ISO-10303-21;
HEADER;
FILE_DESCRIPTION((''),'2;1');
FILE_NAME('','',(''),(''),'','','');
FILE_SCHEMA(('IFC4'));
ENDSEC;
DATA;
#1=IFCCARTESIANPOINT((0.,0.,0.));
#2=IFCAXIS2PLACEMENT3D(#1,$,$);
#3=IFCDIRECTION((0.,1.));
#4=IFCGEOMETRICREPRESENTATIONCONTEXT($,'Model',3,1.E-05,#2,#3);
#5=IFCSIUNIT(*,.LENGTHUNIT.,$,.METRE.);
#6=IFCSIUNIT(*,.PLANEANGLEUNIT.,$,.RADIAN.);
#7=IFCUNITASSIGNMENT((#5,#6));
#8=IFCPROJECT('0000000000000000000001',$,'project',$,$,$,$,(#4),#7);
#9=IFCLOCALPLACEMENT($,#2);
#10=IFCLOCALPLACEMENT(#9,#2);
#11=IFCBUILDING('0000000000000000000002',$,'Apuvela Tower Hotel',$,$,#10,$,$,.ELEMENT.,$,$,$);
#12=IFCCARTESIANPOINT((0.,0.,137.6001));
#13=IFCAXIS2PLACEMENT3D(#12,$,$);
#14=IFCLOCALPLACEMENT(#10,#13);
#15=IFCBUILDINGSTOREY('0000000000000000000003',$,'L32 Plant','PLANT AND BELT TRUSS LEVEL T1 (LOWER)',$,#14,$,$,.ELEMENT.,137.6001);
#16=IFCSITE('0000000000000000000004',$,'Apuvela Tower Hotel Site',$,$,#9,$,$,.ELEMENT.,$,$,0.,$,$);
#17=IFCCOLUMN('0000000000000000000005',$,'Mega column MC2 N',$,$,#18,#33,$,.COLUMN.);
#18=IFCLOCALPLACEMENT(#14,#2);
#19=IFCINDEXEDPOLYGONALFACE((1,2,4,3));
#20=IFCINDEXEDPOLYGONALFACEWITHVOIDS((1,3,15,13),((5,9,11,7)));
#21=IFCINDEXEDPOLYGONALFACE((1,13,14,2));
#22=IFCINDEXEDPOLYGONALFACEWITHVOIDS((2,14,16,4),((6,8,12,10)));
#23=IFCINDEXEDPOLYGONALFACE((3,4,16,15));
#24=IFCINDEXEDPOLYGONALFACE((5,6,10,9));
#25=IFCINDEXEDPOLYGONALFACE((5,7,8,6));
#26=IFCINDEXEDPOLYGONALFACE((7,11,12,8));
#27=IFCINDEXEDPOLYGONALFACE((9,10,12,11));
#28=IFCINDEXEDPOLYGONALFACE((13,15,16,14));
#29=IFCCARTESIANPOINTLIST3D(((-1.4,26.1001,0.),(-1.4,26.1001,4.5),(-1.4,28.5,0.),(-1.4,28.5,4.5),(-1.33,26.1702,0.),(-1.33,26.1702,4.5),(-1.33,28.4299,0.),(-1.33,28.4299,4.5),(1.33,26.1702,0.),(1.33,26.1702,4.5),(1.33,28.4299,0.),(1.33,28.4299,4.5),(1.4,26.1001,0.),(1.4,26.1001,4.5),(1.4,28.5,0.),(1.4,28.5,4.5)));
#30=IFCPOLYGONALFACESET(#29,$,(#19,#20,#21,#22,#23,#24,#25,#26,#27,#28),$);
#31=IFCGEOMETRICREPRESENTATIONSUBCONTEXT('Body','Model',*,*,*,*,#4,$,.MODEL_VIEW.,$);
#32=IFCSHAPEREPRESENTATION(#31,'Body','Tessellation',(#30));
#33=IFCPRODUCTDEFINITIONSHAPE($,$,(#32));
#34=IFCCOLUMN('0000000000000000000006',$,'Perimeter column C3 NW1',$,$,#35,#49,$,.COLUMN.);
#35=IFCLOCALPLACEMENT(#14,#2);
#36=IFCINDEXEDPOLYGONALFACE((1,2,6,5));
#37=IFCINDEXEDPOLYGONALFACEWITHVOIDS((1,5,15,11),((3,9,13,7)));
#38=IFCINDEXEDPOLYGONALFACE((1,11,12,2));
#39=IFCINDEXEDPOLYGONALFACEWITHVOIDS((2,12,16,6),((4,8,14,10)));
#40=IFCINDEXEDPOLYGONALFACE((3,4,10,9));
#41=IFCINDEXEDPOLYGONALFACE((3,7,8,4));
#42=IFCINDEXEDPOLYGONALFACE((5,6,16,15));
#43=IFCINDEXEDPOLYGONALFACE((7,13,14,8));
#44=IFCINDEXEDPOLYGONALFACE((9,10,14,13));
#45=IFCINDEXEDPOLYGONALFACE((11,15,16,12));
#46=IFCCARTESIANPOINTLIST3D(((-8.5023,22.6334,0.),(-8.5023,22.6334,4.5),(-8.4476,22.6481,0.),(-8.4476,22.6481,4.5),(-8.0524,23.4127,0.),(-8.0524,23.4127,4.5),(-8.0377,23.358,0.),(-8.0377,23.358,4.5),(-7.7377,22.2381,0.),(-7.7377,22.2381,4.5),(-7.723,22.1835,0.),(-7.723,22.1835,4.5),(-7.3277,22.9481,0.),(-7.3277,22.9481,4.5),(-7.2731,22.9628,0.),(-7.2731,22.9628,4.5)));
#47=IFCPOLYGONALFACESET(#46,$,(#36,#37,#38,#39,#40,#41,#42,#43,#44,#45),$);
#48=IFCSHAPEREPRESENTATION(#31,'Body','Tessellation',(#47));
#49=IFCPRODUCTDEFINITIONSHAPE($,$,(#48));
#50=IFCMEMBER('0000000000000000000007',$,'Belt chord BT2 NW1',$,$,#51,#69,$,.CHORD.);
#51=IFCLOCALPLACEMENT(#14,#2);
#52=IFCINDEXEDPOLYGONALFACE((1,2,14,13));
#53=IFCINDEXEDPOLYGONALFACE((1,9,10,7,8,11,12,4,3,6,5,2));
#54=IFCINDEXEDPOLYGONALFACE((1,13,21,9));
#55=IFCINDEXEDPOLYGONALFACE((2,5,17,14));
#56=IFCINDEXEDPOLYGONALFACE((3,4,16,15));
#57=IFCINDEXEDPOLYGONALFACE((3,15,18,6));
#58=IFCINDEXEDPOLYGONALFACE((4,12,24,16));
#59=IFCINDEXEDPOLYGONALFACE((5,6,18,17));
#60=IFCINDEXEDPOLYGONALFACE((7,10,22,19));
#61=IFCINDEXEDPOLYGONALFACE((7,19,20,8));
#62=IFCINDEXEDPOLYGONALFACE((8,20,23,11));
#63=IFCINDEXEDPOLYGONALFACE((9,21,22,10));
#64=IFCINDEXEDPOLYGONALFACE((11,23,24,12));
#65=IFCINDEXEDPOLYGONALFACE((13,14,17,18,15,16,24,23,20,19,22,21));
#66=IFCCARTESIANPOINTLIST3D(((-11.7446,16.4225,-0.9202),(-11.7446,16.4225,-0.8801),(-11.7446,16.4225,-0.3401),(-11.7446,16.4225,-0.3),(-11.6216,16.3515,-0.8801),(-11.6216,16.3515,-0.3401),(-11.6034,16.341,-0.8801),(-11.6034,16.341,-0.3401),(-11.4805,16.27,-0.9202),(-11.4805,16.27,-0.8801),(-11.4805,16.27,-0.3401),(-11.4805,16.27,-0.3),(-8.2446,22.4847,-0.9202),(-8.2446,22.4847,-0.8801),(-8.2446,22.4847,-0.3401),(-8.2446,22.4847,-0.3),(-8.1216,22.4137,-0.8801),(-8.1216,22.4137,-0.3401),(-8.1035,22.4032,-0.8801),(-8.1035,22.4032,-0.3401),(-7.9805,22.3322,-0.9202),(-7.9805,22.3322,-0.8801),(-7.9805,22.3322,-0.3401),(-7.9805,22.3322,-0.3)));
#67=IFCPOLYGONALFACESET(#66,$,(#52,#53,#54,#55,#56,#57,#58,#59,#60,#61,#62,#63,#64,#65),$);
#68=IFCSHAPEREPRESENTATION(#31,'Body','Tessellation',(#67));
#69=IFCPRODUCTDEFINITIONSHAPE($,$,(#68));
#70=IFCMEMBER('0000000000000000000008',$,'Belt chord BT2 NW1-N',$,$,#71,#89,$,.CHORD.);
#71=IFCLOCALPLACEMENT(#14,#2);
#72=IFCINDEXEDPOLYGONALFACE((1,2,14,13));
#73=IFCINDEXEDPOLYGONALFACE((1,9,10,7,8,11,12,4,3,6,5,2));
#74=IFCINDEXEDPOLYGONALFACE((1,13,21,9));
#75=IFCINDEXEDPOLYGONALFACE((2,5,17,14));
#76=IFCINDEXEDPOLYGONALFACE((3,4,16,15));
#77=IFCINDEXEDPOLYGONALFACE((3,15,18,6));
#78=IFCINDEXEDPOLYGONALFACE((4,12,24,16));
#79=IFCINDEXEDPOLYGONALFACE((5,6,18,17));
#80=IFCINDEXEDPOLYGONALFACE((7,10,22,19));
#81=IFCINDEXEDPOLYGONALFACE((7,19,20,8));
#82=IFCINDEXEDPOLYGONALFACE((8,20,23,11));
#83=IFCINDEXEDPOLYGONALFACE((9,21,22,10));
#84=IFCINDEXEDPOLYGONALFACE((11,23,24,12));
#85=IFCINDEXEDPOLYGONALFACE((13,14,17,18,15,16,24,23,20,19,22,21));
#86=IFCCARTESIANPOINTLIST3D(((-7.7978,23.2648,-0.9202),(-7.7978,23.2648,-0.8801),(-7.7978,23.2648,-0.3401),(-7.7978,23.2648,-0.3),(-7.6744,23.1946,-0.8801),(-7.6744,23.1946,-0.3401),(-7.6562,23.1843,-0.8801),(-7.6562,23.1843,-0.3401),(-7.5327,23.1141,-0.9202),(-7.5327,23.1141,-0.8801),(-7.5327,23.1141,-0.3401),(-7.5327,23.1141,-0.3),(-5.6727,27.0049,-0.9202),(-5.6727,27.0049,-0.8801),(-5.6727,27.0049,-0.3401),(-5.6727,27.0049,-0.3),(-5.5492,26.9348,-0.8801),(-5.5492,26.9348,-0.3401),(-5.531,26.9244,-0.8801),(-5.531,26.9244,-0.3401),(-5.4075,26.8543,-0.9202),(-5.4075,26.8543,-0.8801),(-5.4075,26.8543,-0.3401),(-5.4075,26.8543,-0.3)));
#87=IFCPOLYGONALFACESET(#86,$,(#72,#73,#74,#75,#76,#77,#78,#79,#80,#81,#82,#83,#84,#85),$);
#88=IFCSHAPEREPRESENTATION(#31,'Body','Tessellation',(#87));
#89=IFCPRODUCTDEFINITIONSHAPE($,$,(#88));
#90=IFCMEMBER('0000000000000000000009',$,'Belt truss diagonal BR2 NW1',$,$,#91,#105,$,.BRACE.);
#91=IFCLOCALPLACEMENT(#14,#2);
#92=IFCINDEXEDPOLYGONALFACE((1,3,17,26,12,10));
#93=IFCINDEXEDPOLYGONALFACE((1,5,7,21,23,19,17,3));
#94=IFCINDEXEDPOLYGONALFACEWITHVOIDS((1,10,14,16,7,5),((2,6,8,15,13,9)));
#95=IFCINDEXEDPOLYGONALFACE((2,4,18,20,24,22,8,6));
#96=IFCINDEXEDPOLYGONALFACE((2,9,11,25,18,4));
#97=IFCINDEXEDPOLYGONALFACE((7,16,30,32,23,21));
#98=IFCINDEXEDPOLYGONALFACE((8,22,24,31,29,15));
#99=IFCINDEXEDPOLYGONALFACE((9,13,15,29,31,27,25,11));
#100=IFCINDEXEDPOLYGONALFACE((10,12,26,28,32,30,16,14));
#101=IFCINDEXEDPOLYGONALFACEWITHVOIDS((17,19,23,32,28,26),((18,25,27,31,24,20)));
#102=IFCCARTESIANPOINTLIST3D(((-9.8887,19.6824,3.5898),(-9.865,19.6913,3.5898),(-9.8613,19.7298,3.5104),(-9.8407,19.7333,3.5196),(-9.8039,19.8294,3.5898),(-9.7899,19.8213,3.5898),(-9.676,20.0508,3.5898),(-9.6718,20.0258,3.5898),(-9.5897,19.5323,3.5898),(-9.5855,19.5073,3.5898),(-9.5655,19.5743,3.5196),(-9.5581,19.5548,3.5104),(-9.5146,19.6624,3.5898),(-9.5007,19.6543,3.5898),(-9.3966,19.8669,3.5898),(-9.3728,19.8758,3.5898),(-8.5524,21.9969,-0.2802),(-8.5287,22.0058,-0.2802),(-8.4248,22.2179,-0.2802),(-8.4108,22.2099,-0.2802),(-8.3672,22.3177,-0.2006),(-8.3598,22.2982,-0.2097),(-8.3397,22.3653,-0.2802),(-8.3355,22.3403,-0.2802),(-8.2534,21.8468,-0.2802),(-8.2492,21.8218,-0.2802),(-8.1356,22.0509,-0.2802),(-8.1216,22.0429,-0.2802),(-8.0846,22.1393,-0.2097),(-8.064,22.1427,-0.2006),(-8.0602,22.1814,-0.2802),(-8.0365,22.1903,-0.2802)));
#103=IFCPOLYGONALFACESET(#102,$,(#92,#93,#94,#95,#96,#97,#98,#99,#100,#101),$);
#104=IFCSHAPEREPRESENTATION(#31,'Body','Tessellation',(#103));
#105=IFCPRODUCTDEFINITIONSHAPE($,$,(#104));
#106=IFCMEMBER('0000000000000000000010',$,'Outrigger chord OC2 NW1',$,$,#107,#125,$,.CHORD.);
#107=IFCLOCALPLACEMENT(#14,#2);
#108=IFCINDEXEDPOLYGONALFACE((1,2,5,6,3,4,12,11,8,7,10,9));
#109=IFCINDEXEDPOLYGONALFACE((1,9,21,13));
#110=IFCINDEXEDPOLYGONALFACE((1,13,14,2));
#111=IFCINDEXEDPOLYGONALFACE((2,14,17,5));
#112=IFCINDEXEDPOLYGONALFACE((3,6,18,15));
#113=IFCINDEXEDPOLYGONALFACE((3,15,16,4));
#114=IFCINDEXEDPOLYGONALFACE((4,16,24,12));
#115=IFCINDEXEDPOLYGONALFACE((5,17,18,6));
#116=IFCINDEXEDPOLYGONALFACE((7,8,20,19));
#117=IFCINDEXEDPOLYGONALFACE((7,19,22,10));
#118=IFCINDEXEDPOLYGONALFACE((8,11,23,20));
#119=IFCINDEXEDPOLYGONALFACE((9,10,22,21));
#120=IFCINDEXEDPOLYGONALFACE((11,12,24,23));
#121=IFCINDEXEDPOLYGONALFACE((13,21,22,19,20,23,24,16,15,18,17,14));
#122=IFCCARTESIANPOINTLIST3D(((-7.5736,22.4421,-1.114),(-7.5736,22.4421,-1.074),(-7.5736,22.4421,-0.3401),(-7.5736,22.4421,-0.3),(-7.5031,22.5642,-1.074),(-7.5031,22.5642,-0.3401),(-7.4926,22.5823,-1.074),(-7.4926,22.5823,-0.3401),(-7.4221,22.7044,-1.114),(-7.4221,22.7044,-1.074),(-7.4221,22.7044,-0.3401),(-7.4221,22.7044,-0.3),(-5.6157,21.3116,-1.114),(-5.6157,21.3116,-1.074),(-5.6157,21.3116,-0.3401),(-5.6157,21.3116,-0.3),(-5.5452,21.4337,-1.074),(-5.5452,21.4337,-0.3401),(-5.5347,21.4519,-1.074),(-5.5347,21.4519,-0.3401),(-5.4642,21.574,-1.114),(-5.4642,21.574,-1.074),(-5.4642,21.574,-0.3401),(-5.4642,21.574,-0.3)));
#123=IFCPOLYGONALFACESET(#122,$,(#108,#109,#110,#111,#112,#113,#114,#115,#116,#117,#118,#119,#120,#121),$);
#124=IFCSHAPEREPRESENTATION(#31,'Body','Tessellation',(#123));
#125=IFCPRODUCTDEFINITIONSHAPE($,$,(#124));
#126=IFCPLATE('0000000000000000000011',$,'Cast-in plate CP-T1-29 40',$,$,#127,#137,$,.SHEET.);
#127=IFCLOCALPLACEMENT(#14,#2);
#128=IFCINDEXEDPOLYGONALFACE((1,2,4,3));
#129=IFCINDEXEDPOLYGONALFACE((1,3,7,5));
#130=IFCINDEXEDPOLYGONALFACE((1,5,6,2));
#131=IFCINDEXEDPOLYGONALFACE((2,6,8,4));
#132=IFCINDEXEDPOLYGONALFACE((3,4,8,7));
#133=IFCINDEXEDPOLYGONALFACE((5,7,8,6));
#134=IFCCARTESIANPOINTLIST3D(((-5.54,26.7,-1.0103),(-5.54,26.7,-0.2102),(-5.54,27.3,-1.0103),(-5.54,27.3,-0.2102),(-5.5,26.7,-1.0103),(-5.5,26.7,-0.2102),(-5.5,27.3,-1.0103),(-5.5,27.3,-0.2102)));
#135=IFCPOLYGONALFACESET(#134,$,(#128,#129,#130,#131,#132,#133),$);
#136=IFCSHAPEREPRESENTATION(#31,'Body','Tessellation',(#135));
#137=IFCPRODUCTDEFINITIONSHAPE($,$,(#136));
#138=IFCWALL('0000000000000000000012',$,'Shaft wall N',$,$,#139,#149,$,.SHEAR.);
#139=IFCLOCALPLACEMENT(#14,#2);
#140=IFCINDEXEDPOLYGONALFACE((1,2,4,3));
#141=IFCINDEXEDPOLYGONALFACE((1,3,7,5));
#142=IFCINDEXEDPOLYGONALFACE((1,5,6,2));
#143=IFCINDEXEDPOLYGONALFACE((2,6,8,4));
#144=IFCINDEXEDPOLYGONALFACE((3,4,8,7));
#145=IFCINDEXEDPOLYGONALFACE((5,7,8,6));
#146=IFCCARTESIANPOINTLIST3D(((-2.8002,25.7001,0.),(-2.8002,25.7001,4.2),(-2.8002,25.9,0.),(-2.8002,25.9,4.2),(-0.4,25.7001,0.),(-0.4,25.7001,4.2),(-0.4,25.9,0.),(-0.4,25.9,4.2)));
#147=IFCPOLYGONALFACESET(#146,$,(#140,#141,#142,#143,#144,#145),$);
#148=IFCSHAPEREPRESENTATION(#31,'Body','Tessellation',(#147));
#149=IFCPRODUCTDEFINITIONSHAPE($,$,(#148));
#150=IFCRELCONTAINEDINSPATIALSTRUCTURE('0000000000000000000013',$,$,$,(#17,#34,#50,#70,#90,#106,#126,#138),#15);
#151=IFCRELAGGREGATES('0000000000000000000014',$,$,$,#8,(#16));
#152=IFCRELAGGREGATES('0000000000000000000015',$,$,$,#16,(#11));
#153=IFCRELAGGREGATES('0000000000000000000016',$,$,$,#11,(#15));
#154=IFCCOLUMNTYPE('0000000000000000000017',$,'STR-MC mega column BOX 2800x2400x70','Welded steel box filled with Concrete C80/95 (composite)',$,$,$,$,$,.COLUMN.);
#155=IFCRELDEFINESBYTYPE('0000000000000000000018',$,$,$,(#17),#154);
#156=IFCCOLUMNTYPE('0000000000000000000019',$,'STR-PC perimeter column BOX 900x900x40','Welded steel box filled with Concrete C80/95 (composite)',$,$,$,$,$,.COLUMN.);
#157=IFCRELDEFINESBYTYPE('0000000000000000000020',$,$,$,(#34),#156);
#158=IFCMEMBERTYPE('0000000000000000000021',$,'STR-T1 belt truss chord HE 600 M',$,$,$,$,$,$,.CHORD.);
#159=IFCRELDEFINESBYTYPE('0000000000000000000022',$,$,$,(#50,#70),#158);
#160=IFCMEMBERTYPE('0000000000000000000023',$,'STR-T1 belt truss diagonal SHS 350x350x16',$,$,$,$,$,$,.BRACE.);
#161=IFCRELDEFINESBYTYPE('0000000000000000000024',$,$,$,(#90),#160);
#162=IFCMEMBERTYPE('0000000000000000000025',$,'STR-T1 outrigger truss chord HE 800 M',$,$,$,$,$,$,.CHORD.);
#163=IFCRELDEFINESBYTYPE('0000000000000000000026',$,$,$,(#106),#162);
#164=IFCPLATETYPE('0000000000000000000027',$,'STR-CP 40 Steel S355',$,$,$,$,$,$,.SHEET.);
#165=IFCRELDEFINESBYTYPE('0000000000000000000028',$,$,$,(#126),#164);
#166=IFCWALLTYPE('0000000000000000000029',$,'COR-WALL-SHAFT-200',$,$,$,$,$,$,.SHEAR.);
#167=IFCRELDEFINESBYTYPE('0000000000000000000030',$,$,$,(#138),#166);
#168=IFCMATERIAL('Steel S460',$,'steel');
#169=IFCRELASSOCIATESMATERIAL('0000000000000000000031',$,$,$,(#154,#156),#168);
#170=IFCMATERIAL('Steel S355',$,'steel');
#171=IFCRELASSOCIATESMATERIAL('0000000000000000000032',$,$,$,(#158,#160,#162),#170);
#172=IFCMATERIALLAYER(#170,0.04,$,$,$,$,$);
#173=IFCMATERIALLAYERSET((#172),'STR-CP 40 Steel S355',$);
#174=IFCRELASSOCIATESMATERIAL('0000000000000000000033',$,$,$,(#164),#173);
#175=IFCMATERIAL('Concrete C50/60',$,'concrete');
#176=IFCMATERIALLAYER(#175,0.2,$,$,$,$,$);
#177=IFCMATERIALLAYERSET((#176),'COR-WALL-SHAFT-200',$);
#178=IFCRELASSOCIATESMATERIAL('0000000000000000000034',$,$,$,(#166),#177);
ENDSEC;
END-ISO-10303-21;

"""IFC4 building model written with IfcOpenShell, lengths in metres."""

from ifc_helpers import new_model, si_unit, direction, frame, frame_2d, origin, origin_2d, place, context, subcontext, project, spatial, rectangle, hollow_rectangle, i_section, extrude, boolean, halfspace, material, layer, layer_set, material_profile, profile_set, type_object, element, save


model = new_model("IFC4")

# Units and contexts
model_context = context("Model", 3, precision=1e-05, world=origin(), true_north=direction((0.0, 1.0)))
body_context = subcontext(model_context, "Body", "Model", "MODEL_VIEW")
ifc_project = project(units=[si_unit("LENGTHUNIT", "METRE"), si_unit("PLANEANGLEUNIT", "RADIAN")], contexts=[model_context])

# Site, building, storey
site_placement = place(None, origin())
site = spatial("IfcSite", under=ifc_project, at=site_placement, Name="Apuvela Tower Hotel Site", CompositionType="ELEMENT", RefElevation=0.0)
building_placement = place(site_placement, origin())
building = spatial("IfcBuilding", under=site, at=building_placement, Name="Apuvela Tower Hotel", CompositionType="ELEMENT")
storey_placement = place(building_placement, frame((0.0, 0.0, 137.6001)))
storey = spatial("IfcBuildingStorey", under=building, at=storey_placement, Name="L32 Plant", Description="PLANT AND BELT TRUSS LEVEL T1 (LOWER)", CompositionType="ELEMENT", Elevation=137.6001)

# Columns
ifc_material_1 = material(Name="Steel S460", Category="steel")
ifc_material_profile_1 = material_profile(ifc_material_1, hollow_rectangle(XDim=2.8, YDim=2.3999, WallThickness=0.0701, at=origin_2d()), Name="BOX 2800x2400x70")
ifc_material_2 = material(Name="Concrete C80/95", Category="concrete")
ifc_material_profile_2 = material_profile(ifc_material_2, rectangle(XDim=2.6599, YDim=2.26, at=origin_2d()), Name="Concrete C80/95 infill")
ifc_profile_set_1 = profile_set([ifc_material_profile_1, ifc_material_profile_2], Name="Steel S460")
column_type_1 = type_object("IfcColumnType", Name="STR-MC mega column BOX 2800x2400x70", Description="Welded steel box filled with Concrete C80/95 (composite)", PredefinedType="COLUMN", material=ifc_profile_set_1)
column_1_placement = place(storey_placement, frame((0.0, 27.3, 0.0), z_axis=(0.0, 0.0, 1.0), x_axis=(1.0, 0.0, 0.0)))
element("IfcColumn", 1, at=column_1_placement, inside=storey, type_object=column_type_1, Name="Mega column MC2 N", PredefinedType="COLUMN", context=body_context, shape_type="SweptSolid", body=[
    extrude(hollow_rectangle(XDim=2.8, YDim=2.3999, WallThickness=0.0701, at=origin_2d()), origin(), (0.0, 0.0, 1.0), 4.5),
])
ifc_material_profile_3 = material_profile(ifc_material_1, hollow_rectangle(XDim=0.8999, YDim=0.8999, WallThickness=0.04, at=origin_2d()), Name="BOX 900x900x40")
ifc_material_profile_4 = material_profile(ifc_material_2, rectangle(XDim=0.8201, YDim=0.8201, at=origin_2d()), Name="Concrete C80/95 infill")
ifc_profile_set_2 = profile_set([ifc_material_profile_3, ifc_material_profile_4], Name="Steel S460")
column_type_2 = type_object("IfcColumnType", Name="STR-PC perimeter column BOX 900x900x40", Description="Welded steel box filled with Concrete C80/95 (composite)", PredefinedType="COLUMN", material=ifc_profile_set_2)
column_2_placement = place(storey_placement, frame((-7.8877, 22.7981, 0.0), z_axis=(0.0, 0.0, 1.0), x_axis=(0.5, 0.866025, 0.0)))
element("IfcColumn", 2, at=column_2_placement, inside=storey, type_object=column_type_2, Name="Perimeter column C3 NW1", PredefinedType="COLUMN", context=body_context, shape_type="SweptSolid", body=[
    extrude(hollow_rectangle(XDim=0.8999, YDim=0.8999, WallThickness=0.04, at=origin_2d()), origin(), (0.0, 0.0, 1.0), 4.5),
])

# Members
ifc_material_3 = material(Name="Steel S355", Category="steel")
ifc_material_profile_5 = material_profile(ifc_material_3, i_section(OverallWidth=0.3049, OverallDepth=0.6201, WebThickness=0.021, FlangeThickness=0.04, at=origin_2d()), Name="HE 600 M")
ifc_profile_set_3 = profile_set([ifc_material_profile_5], Name="Steel S355")
member_type_1 = type_object("IfcMemberType", Name="STR-T1 belt truss chord HE 600 M", PredefinedType="CHORD", material=ifc_profile_set_3)
member_1_placement = place(storey_placement, frame((-8.1125, 22.4084, -0.6101), z_axis=(-0.499995, -0.866028, 0.0), x_axis=(0.866028, -0.499995, 0.0)))
element("IfcMember", 3, at=member_1_placement, inside=storey, type_object=member_type_1, Name="Belt chord BT2 NW1", PredefinedType="CHORD", context=body_context, shape_type="SweptSolid", body=[
    extrude(i_section(OverallWidth=0.3049, OverallDepth=0.6201, WebThickness=0.021, FlangeThickness=0.04, at=origin_2d()), origin(), (0.0, 0.0, 1.0), 7.0),
])
member_2_placement = place(storey_placement, frame((-7.6653, 23.1895, -0.6101), z_axis=(0.494029, 0.869445, 0.0), x_axis=(-0.869445, 0.494029, 0.0)))
element("IfcMember", 4, at=member_2_placement, inside=storey, type_object=member_type_1, Name="Belt chord BT2 NW1-N", PredefinedType="CHORD", context=body_context, shape_type="SweptSolid", body=[
    extrude(i_section(OverallWidth=0.3049, OverallDepth=0.6201, WebThickness=0.021, FlangeThickness=0.04, at=origin_2d()), origin(), (0.0, 0.0, 1.0), 4.3018),
])
ifc_material_profile_6 = material_profile(ifc_material_3, hollow_rectangle(XDim=0.3501, YDim=0.3501, WallThickness=0.0161, at=origin_2d()), Name="SHS 350x350x16")
ifc_profile_set_4 = profile_set([ifc_material_profile_6], Name="Steel S355")
member_type_2 = type_object("IfcMemberType", Name="STR-T1 belt truss diagonal SHS 350x350x16", PredefinedType="BRACE", material=ifc_profile_set_4)
member_3_placement = place(storey_placement, frame((-8.2876, 22.1055, -0.3), z_axis=(-0.284132, -0.492119, 0.822853), x_axis=(0.411434, 0.712607, 0.568254)))
solid_1 = boolean("DIFFERENCE", boolean("DIFFERENCE", extrude(hollow_rectangle(XDim=0.3501, YDim=0.3501, WallThickness=0.0161, at=origin_2d()), frame((0.0, 0.0, -0.2407)), (0.0, 0.0, 1.0), 5.2332), halfspace(frame((0.0, 0.0, 0.0242), z_axis=(0.568254, 0.0, 0.822853), x_axis=(0.822853, 0.0, -0.568254)), True)), halfspace(frame((0.0, 0.0, 4.7273), z_axis=(0.568254, 0.0, 0.822853), x_axis=(0.822853, 0.0, -0.568254)), False))
element("IfcMember", 5, at=member_3_placement, inside=storey, type_object=member_type_2, Name="Belt truss diagonal BR2 NW1", PredefinedType="BRACE", context=body_context, shape_type="SweptSolid", body=[
    boolean("UNION", boolean("DIFFERENCE", boolean("DIFFERENCE", extrude(hollow_rectangle(XDim=0.3501, YDim=0.3501, WallThickness=0.0161, at=origin_2d()), origin(), (0.0, 0.0, 1.0), 4.7517), halfspace(frame((0.0, 0.0, 0.0242), z_axis=(0.568254, 0.0, 0.822853), x_axis=(0.822853, 0.0, -0.568254)), True)), halfspace(frame((0.0, 0.0, 4.7273), z_axis=(0.568254, 0.0, 0.822853), x_axis=(0.822853, 0.0, -0.568254)), False)), solid_1),
])
ifc_material_profile_7 = material_profile(ifc_material_3, i_section(OverallWidth=0.303, OverallDepth=0.814, WebThickness=0.021, FlangeThickness=0.04, at=origin_2d()), Name="HE 800 M")
ifc_profile_set_5 = profile_set([ifc_material_profile_7], Name="Steel S355")
member_type_3 = type_object("IfcMemberType", Name="STR-T1 outrigger truss chord HE 800 M", PredefinedType="CHORD", material=ifc_profile_set_5)
member_4_placement = place(storey_placement, frame((-7.4978, 22.5732, -0.707), z_axis=(0.866015, -0.500018, 0.0), x_axis=(0.500018, 0.866015, 0.0)))
element("IfcMember", 6, at=member_4_placement, inside=storey, type_object=member_type_3, Name="Outrigger chord OC2 NW1", PredefinedType="CHORD", context=body_context, shape_type="SweptSolid", body=[
    extrude(i_section(OverallWidth=0.303, OverallDepth=0.814, WebThickness=0.021, FlangeThickness=0.04, at=origin_2d()), origin(), (0.0, 0.0, 1.0), 2.2607),
])

# Plate
ifc_layer_1 = layer(ifc_material_3, 0.04)
ifc_layer_set_1 = layer_set([ifc_layer_1], Name="STR-CP 40 Steel S355")
plate_type = type_object("IfcPlateType", Name="STR-CP 40 Steel S355", PredefinedType="SHEET", material=ifc_layer_set_1)
plate_placement = place(storey_placement, frame((-5.52, 27.0, -1.0103), z_axis=(0.0, 0.0, 1.0), x_axis=(-1.0, 0.0, 0.0)))
element("IfcPlate", 7, at=plate_placement, inside=storey, type_object=plate_type, Name="Cast-in plate CP-T1-29 40", PredefinedType="SHEET", context=body_context, shape_type="SweptSolid", body=[
    extrude(rectangle(XDim=0.04, YDim=0.6001, at=origin_2d()), origin(), (0.0, 0.0, 1.0), 0.8),
])

# Wall
ifc_material_4 = material(Name="Concrete C50/60", Category="concrete")
ifc_layer_2 = layer(ifc_material_4, 0.2)
ifc_layer_set_2 = layer_set([ifc_layer_2], Name="COR-WALL-SHAFT-200")
wall_type_1 = type_object("IfcWallType", Name="COR-WALL-SHAFT-200", PredefinedType="SHEAR", material=ifc_layer_set_2)
wall_1_placement = place(storey_placement, frame((-0.3999, 25.8, 0.0), z_axis=(0.0, 0.0, 1.0), x_axis=(-1.0, 0.0, 0.0)))
element("IfcWall", 8, at=wall_1_placement, inside=storey, type_object=wall_type_1, Name="Shaft wall N", PredefinedType="SHEAR", context=body_context, shape_type="SweptSolid", body=[
    extrude(rectangle(XDim=2.4001, YDim=0.2, at=frame_2d((1.2002, 0.0))), origin(), (0.0, 0.0, 1.0), 4.2),
])

save(model, "model.ifc")
